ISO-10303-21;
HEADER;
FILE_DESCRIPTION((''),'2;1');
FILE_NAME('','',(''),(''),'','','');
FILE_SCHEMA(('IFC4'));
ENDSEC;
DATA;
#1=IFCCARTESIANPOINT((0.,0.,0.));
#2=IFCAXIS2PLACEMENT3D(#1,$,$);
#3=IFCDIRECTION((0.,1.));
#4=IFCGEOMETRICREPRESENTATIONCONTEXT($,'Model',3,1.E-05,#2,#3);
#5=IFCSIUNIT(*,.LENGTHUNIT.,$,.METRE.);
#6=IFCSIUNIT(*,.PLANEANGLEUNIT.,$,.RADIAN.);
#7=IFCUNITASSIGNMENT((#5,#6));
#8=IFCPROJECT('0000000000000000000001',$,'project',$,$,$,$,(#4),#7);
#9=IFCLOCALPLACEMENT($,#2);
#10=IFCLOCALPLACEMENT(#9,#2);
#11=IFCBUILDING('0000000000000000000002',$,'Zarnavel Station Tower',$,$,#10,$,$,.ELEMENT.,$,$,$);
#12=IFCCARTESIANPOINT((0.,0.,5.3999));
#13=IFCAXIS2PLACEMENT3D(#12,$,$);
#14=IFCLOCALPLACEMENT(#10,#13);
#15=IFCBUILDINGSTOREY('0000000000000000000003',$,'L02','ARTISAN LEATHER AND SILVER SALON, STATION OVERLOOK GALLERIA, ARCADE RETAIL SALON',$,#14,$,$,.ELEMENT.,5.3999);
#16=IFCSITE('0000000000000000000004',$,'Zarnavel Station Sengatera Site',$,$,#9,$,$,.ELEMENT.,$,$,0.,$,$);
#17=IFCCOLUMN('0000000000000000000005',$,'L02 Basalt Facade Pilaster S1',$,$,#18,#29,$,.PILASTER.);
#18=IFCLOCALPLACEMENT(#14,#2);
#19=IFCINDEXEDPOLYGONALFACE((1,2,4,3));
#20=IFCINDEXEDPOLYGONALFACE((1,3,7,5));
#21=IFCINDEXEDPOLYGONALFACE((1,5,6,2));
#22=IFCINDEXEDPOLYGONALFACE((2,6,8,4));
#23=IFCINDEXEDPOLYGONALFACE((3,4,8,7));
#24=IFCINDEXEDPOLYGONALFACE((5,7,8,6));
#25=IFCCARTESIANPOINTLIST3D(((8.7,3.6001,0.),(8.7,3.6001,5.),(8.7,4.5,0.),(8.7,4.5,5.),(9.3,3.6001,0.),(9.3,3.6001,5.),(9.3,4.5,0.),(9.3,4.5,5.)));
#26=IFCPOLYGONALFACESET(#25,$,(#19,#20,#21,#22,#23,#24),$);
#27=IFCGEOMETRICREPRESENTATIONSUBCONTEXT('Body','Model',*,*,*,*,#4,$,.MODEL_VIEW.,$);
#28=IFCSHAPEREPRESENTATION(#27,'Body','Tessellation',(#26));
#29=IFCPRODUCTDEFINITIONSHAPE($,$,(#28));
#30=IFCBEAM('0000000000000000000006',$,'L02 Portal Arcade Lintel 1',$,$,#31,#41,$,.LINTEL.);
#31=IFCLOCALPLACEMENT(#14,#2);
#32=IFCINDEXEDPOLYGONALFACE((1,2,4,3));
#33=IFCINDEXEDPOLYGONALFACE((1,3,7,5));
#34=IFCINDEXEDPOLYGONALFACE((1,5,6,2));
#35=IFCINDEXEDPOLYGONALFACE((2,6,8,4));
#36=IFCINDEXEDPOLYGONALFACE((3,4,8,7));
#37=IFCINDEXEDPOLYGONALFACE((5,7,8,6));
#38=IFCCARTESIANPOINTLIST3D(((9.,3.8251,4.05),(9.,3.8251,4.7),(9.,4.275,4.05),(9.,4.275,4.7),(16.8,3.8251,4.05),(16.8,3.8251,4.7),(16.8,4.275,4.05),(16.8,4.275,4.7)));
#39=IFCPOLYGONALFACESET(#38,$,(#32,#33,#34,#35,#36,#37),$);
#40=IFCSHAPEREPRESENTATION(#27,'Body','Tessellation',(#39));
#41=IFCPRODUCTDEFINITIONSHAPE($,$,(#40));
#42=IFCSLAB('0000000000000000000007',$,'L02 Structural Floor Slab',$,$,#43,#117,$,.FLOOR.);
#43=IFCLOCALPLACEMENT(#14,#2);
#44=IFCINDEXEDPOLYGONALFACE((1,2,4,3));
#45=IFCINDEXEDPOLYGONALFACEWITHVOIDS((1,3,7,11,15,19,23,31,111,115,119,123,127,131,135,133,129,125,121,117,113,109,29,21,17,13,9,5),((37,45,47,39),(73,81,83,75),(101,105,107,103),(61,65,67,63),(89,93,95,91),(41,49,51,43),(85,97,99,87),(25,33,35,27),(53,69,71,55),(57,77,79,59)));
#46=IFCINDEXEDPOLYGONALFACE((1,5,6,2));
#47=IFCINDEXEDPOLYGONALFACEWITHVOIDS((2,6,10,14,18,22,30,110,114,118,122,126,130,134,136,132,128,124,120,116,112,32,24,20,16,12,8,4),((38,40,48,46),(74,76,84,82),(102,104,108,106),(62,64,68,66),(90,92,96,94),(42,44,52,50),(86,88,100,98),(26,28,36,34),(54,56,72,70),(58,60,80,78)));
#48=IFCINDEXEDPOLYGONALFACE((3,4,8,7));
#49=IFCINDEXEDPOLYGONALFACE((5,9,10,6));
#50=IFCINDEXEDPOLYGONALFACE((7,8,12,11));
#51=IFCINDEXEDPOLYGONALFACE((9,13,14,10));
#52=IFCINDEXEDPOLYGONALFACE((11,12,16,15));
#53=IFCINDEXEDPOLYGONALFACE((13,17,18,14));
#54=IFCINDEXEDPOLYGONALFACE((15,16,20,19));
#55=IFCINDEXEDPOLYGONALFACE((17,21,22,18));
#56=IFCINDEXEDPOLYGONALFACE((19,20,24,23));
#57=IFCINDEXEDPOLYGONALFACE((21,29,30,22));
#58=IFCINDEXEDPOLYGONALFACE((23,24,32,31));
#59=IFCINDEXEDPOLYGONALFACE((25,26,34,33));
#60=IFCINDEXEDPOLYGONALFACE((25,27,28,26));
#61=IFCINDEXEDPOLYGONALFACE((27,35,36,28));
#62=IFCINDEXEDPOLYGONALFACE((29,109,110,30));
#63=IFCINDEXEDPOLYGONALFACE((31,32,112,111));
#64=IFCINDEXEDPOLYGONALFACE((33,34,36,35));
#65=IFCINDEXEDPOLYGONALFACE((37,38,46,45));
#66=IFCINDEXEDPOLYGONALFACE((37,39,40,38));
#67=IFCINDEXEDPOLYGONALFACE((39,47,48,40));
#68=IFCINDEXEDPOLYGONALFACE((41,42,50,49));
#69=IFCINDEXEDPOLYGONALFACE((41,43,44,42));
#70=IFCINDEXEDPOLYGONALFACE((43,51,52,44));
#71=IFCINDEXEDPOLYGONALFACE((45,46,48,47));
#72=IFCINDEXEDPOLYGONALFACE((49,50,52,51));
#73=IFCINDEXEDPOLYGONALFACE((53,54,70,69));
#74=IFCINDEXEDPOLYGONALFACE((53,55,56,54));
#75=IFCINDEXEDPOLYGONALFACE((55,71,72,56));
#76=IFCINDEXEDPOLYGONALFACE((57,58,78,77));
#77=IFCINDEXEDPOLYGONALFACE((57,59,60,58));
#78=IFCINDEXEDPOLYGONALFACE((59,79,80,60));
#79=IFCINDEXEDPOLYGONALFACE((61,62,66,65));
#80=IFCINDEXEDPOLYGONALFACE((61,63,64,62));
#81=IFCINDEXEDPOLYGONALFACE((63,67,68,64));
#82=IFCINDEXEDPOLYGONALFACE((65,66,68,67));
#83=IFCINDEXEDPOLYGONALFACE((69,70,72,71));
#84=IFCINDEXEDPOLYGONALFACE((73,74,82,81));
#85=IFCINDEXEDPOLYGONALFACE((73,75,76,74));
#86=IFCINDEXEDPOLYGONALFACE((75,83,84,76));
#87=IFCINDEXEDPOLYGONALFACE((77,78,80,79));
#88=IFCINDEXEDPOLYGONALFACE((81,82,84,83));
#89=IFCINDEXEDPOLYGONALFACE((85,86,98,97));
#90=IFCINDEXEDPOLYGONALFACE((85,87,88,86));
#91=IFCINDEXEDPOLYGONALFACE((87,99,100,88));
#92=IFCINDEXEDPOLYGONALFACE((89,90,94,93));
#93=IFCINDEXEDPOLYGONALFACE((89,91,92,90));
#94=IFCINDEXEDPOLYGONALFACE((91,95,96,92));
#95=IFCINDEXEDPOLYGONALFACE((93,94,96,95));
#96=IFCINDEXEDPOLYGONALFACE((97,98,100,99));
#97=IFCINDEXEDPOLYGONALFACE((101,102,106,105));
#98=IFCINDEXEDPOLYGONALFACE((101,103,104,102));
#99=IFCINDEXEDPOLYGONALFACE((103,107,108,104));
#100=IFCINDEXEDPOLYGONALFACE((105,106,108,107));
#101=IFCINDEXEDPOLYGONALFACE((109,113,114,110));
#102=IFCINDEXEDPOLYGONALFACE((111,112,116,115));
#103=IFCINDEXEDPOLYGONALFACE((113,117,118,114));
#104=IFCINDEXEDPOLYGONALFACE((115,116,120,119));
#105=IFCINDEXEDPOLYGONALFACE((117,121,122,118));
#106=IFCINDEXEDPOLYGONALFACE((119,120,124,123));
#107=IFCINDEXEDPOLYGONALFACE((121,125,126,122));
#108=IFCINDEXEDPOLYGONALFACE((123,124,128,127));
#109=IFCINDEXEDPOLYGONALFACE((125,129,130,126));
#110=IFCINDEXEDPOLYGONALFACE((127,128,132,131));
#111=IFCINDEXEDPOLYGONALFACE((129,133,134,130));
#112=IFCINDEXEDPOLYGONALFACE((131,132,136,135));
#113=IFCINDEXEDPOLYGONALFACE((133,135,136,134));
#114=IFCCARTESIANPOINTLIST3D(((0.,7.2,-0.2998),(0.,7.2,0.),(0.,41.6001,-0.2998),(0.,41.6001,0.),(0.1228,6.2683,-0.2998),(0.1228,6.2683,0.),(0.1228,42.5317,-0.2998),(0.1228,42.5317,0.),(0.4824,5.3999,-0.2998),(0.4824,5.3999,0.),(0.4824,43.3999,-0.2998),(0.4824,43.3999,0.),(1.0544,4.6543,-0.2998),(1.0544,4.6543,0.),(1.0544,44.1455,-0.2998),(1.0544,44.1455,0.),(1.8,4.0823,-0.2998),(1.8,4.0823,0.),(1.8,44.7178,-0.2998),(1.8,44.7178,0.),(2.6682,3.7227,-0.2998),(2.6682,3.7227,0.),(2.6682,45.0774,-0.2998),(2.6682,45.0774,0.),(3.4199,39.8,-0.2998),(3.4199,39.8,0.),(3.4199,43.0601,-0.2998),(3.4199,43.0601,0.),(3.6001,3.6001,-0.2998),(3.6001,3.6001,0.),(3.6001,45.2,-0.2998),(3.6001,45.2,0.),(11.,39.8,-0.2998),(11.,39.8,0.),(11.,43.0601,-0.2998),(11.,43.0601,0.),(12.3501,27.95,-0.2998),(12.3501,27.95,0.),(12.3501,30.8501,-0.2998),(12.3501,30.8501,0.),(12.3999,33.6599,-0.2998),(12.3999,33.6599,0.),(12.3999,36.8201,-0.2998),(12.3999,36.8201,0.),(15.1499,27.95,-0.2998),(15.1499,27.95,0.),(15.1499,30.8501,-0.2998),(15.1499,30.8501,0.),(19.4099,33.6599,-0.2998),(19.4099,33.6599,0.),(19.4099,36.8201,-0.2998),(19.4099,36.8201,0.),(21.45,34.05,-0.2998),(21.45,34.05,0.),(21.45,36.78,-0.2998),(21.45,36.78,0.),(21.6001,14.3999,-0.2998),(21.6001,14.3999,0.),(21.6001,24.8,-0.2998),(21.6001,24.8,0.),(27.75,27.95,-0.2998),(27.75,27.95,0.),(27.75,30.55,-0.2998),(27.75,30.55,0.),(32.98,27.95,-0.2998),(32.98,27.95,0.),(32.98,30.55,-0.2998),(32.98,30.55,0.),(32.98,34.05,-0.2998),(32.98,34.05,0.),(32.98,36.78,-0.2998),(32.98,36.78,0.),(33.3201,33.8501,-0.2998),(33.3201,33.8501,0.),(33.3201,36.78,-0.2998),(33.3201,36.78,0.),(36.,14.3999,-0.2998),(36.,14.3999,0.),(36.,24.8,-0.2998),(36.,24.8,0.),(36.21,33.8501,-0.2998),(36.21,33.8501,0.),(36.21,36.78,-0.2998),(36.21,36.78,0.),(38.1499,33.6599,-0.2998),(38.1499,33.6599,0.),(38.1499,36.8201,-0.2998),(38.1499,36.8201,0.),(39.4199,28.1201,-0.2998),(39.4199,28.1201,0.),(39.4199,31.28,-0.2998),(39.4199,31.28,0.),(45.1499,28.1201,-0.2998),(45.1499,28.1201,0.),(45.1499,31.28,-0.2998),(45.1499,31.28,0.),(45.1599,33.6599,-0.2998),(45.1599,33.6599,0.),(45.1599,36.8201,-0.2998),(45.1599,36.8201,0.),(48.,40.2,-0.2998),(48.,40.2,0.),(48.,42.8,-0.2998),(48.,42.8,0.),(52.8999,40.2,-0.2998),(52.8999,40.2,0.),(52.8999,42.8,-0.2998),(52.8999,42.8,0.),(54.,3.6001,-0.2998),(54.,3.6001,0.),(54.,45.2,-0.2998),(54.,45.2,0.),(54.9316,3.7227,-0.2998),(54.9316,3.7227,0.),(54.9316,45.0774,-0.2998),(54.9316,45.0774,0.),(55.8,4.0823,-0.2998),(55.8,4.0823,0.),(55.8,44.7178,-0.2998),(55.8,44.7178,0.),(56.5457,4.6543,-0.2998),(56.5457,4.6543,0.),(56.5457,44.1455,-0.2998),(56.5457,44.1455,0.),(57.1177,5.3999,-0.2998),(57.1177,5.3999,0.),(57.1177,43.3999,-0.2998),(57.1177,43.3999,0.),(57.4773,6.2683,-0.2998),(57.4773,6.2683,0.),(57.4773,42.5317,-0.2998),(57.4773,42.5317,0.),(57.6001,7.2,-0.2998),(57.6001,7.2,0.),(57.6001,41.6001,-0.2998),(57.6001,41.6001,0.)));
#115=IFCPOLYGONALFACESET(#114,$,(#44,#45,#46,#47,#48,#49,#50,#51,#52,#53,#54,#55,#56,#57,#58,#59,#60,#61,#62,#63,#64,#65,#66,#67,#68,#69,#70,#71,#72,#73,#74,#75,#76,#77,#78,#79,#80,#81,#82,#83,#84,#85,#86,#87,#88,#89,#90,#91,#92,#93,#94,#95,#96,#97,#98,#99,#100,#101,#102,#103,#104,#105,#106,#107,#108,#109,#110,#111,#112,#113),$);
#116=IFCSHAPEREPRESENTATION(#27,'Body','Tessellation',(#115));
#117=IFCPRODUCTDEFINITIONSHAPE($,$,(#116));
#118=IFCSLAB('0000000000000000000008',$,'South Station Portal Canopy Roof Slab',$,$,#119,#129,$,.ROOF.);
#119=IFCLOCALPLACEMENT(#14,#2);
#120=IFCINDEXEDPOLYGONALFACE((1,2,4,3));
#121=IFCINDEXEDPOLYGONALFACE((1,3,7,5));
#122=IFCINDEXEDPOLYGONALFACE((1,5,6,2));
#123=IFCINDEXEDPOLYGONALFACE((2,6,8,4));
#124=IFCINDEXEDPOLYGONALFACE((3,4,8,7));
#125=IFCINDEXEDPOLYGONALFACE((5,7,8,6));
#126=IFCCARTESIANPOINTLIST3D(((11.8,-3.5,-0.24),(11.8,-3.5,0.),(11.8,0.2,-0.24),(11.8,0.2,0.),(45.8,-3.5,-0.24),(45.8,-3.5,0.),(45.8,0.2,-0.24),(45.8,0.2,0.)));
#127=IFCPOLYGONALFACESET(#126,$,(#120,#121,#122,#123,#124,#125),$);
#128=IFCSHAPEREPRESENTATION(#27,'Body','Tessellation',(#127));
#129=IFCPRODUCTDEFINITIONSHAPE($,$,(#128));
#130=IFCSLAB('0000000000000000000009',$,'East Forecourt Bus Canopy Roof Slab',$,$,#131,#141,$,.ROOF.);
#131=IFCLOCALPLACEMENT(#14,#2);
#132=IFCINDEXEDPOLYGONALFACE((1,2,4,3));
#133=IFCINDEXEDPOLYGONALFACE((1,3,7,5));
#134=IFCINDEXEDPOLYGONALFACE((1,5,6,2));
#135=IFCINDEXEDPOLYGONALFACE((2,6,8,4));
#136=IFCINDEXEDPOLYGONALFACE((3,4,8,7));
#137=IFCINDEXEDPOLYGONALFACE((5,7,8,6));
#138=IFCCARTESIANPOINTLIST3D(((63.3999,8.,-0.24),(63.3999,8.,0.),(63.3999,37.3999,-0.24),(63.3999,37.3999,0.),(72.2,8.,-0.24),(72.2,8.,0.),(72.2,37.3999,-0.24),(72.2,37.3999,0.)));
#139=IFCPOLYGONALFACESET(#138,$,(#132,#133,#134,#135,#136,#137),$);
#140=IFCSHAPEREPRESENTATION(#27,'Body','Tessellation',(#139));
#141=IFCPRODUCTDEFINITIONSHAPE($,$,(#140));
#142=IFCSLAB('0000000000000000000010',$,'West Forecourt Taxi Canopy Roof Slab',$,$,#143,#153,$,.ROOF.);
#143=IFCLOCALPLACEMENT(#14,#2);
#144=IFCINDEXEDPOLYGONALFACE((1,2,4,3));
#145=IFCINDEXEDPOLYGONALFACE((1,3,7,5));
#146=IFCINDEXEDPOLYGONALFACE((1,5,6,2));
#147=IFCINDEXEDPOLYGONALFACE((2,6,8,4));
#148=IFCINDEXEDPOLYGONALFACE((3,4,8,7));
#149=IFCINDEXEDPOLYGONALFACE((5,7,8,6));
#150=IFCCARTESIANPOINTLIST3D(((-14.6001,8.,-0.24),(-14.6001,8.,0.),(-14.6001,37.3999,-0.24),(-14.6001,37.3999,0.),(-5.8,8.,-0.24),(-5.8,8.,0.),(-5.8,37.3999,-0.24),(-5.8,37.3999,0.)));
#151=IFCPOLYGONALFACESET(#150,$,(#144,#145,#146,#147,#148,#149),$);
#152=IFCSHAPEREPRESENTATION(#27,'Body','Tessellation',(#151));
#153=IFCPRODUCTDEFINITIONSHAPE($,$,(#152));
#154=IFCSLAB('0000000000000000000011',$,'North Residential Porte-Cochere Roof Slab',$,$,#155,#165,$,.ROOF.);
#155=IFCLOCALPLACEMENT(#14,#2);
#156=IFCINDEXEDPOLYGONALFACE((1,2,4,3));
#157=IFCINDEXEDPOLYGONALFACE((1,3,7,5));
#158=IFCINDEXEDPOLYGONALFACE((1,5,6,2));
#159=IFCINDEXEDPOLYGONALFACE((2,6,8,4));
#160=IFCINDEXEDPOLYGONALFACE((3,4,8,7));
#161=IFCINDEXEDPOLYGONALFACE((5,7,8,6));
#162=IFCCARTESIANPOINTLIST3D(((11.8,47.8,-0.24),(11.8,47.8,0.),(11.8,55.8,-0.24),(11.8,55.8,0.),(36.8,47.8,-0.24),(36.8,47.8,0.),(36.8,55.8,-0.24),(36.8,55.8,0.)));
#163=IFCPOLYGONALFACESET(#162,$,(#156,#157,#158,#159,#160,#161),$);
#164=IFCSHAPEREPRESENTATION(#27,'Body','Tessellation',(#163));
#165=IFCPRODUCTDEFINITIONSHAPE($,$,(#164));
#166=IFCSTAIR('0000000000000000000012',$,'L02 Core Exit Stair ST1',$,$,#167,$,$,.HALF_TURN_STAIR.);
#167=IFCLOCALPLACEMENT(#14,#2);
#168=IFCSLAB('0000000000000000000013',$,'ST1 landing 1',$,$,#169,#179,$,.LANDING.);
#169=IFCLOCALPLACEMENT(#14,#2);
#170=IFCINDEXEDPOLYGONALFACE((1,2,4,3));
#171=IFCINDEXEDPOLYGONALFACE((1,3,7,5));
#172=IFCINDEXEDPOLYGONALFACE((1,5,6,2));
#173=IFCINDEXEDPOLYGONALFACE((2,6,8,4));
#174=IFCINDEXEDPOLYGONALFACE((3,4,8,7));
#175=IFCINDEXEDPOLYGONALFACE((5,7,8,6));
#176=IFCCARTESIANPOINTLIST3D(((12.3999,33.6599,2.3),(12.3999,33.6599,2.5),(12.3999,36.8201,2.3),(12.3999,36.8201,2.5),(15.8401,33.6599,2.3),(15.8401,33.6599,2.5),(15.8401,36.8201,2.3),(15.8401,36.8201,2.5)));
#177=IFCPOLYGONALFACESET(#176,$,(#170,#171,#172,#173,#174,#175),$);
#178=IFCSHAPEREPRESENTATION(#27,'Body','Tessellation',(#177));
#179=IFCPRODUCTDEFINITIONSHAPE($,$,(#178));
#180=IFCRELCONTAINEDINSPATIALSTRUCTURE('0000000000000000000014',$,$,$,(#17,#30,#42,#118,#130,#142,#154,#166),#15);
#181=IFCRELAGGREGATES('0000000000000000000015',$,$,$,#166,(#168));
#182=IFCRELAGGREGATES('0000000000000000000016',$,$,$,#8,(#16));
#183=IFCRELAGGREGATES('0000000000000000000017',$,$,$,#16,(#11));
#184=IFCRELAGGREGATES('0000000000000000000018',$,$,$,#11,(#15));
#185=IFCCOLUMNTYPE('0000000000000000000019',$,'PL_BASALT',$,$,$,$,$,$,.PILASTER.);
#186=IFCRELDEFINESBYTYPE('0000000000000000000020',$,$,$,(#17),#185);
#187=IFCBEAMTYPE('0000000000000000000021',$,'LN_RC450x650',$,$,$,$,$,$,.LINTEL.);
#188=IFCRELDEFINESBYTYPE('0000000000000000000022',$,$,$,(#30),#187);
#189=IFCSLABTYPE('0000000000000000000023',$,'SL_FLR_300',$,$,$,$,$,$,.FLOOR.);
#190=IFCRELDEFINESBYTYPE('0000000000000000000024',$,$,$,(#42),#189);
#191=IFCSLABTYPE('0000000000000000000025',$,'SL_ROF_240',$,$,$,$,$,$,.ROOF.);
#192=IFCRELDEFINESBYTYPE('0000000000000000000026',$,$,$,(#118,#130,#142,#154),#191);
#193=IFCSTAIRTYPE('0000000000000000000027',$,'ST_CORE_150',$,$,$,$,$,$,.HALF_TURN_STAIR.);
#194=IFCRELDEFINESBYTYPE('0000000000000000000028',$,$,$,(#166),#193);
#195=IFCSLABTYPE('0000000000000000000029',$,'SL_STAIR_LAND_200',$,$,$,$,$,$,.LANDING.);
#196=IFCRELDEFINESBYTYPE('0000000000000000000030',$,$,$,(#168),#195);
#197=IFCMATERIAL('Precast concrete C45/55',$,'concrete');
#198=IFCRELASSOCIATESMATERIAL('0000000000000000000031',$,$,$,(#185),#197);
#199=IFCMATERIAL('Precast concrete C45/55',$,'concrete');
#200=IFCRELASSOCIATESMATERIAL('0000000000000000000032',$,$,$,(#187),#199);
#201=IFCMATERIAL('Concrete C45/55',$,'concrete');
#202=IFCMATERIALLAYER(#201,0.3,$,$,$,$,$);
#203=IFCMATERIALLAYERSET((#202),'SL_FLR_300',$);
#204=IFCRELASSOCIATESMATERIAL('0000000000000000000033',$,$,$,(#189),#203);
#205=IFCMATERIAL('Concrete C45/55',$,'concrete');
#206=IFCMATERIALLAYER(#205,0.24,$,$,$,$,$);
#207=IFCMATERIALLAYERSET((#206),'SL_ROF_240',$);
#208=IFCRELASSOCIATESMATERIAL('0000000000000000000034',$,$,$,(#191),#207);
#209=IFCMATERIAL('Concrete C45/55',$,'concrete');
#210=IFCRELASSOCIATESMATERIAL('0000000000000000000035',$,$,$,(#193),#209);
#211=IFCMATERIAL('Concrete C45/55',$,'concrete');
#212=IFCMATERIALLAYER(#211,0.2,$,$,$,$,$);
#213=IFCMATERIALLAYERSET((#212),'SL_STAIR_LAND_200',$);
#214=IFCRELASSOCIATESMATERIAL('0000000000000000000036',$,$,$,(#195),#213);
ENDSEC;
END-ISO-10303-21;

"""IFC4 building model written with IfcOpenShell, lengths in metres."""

from ifc_helpers import new_model, si_unit, direction, frame, origin, origin_2d, place, context, subcontext, project, spatial, polyline, rectangle, outline, extrude, material, layer, layer_set, material_profile, profile_set, type_object, element, aggregate, save


model = new_model("IFC4")

# Units and contexts
model_context = context("Model", 3, precision=1e-05, world=origin(), true_north=direction((0.0, 1.0)))
body_context = subcontext(model_context, "Body", "Model", "MODEL_VIEW")
ifc_project = project(units=[si_unit("LENGTHUNIT", "METRE"), si_unit("PLANEANGLEUNIT", "RADIAN")], contexts=[model_context])

# Site, building, storey
site_placement = place(None, origin())
site = spatial("IfcSite", under=ifc_project, at=site_placement, Name="Zarnavel Station Sengatera Site", CompositionType="ELEMENT", RefElevation=0.0)
building_placement = place(site_placement, origin())
building = spatial("IfcBuilding", under=site, at=building_placement, Name="Zarnavel Station Tower", CompositionType="ELEMENT")
storey_placement = place(building_placement, frame((0.0, 0.0, 5.3999)))
storey = spatial("IfcBuildingStorey", under=building, at=storey_placement, Name="L02", Description="ARTISAN LEATHER AND SILVER SALON, STATION OVERLOOK GALLERIA, ARCADE RETAIL SALON", CompositionType="ELEMENT", Elevation=5.3999)

# Column
ifc_material_1 = material(Name="Precast concrete C45/55", Category="concrete")
ifc_material_profile_1 = material_profile(ifc_material_1, rectangle(XDim=0.6001, YDim=0.8999, at=origin_2d()), Name="RC600x900")
ifc_profile_set_1 = profile_set([ifc_material_profile_1], Name="Precast concrete C45/55")
column_type = type_object("IfcColumnType", Name="PL_BASALT", PredefinedType="PILASTER", material=ifc_profile_set_1)
column_placement = place(storey_placement, frame((9.0, 4.05, 0.0), z_axis=(0.0, 0.0, 1.0), x_axis=(1.0, 0.0, 0.0)))
element("IfcColumn", 1, at=column_placement, inside=storey, type_object=column_type, Name="L02 Basalt Facade Pilaster S1", PredefinedType="PILASTER", context=body_context, shape_type="SweptSolid", body=[
    extrude(rectangle(XDim=0.6001, YDim=0.8999, at=origin_2d()), origin(), (0.0, 0.0, 1.0), 5.0),
])

# Beam
ifc_material_2 = material(Name="Precast concrete C45/55", Category="concrete")
ifc_material_profile_2 = material_profile(ifc_material_2, rectangle(XDim=0.45, YDim=0.6499, at=origin_2d()), Name="RC450x650")
ifc_profile_set_2 = profile_set([ifc_material_profile_2], Name="Precast concrete C45/55")
beam_type = type_object("IfcBeamType", Name="LN_RC450x650", PredefinedType="LINTEL", material=ifc_profile_set_2)
beam_placement = place(storey_placement, frame((9.0, 4.05, 4.375), z_axis=(1.0, 0.0, 0.0), x_axis=(0.0, 1.0, 0.0)))
element("IfcBeam", 2, at=beam_placement, inside=storey, type_object=beam_type, Name="L02 Portal Arcade Lintel 1", PredefinedType="LINTEL", context=body_context, shape_type="SweptSolid", body=[
    extrude(rectangle(XDim=0.45, YDim=0.6499, at=origin_2d()), origin(), (0.0, 0.0, 1.0), 7.8),
])

# Slabs
ifc_material_3 = material(Name="Concrete C45/55", Category="concrete")
ifc_layer_1 = layer(ifc_material_3, 0.3)
ifc_layer_set_1 = layer_set([ifc_layer_1], Name="SL_FLR_300")
slab_type_1 = type_object("IfcSlabType", Name="SL_FLR_300", PredefinedType="FLOOR", material=ifc_layer_set_1)
slab_1_placement = place(storey_placement, frame((0.0, 0.0, -0.2998)))
element("IfcSlab", 3, at=slab_1_placement, inside=storey, type_object=slab_type_1, Name="L02 Structural Floor Slab", PredefinedType="FLOOR", context=body_context, shape_type="SweptSolid", body=[
    extrude(outline(polyline([(54.0, 3.6001), (54.9316, 3.7227), (55.8, 4.0823), (56.5457, 4.6543), (57.1177, 5.3999), (57.4773, 6.2683), (57.6001, 7.2), (57.6001, 41.6001), (57.4773, 42.5317), (57.1177, 43.3999), (56.5457, 44.1455), (55.8, 44.7178), (54.9316, 45.0774), (54.0, 45.2), (3.6001, 45.2), (2.6682, 45.0774), (1.8, 44.7178), (1.0544, 44.1455), (0.4824, 43.3999), (0.1228, 42.5317), (0.0, 41.6001), (0.0, 7.2), (0.1228, 6.2683), (0.4824, 5.3999), (1.0544, 4.6543), (1.8, 4.0823), (2.6682, 3.7227), (3.6001, 3.6001), (54.0, 3.6001)]), holes=[polyline([(12.3999, 33.6599), (19.4099, 33.6599), (19.4099, 36.8201), (12.3999, 36.8201), (12.3999, 33.6599)]), polyline([(38.1499, 33.6599), (45.1599, 33.6599), (45.1599, 36.8201), (38.1499, 36.8201), (38.1499, 33.6599)]), polyline([(39.4199, 28.1201), (45.1499, 28.1201), (45.1499, 31.28), (39.4199, 31.28), (39.4199, 28.1201)]), polyline([(3.4199, 39.8), (11.0, 39.8), (11.0, 43.0601), (3.4199, 43.0601), (3.4199, 39.8)]), polyline([(12.3501, 27.95), (15.1499, 27.95), (15.1499, 30.8501), (12.3501, 30.8501), (12.3501, 27.95)]), polyline([(33.3201, 33.8501), (36.21, 33.8501), (36.21, 36.78), (33.3201, 36.78), (33.3201, 33.8501)]), polyline([(21.45, 34.05), (32.98, 34.05), (32.98, 36.78), (21.45, 36.78), (21.45, 34.05)]), polyline([(27.75, 27.95), (32.98, 27.95), (32.98, 30.55), (27.75, 30.55), (27.75, 27.95)]), polyline([(48.0, 40.2), (52.8999, 40.2), (52.8999, 42.8), (48.0, 42.8), (48.0, 40.2)]), polyline([(21.6001, 14.3999), (36.0, 14.3999), (36.0, 24.8), (21.6001, 24.8), (21.6001, 14.3999)])]), origin(), (0.0, 0.0, 1.0), 0.2998),
])
ifc_material_4 = material(Name="Concrete C45/55", Category="concrete")
ifc_layer_2 = layer(ifc_material_4, 0.24)
ifc_layer_set_2 = layer_set([ifc_layer_2], Name="SL_ROF_240")
slab_type_2 = type_object("IfcSlabType", Name="SL_ROF_240", PredefinedType="ROOF", material=ifc_layer_set_2)
slab_2_placement = place(storey_placement, frame((0.0, 0.0, -0.24)))
element("IfcSlab", 4, at=slab_2_placement, inside=storey, type_object=slab_type_2, Name="South Station Portal Canopy Roof Slab", PredefinedType="ROOF", context=body_context, shape_type="SweptSolid", body=[
    extrude(outline(polyline([(11.8, -3.5), (45.8, -3.5), (45.8, 0.2), (11.8, 0.2), (11.8, -3.5)])), origin(), (0.0, 0.0, 1.0), 0.24),
])
slab_3_placement = place(storey_placement, frame((0.0, 0.0, -0.24)))
element("IfcSlab", 5, at=slab_3_placement, inside=storey, type_object=slab_type_2, Name="East Forecourt Bus Canopy Roof Slab", PredefinedType="ROOF", context=body_context, shape_type="SweptSolid", body=[
    extrude(outline(polyline([(63.3999, 8.0), (72.2, 8.0), (72.2, 37.3999), (63.3999, 37.3999), (63.3999, 8.0)])), origin(), (0.0, 0.0, 1.0), 0.24),
])
slab_4_placement = place(storey_placement, frame((0.0, 0.0, -0.24)))
element("IfcSlab", 6, at=slab_4_placement, inside=storey, type_object=slab_type_2, Name="West Forecourt Taxi Canopy Roof Slab", PredefinedType="ROOF", context=body_context, shape_type="SweptSolid", body=[
    extrude(outline(polyline([(-14.6001, 8.0), (-5.8, 8.0), (-5.8, 37.3999), (-14.6001, 37.3999), (-14.6001, 8.0)])), origin(), (0.0, 0.0, 1.0), 0.24),
])
slab_5_placement = place(storey_placement, frame((0.0, 0.0, -0.24)))
element("IfcSlab", 7, at=slab_5_placement, inside=storey, type_object=slab_type_2, Name="North Residential Porte-Cochere Roof Slab", PredefinedType="ROOF", context=body_context, shape_type="SweptSolid", body=[
    extrude(outline(polyline([(11.8, 47.8), (36.8, 47.8), (36.8, 55.8), (11.8, 55.8), (11.8, 47.8)])), origin(), (0.0, 0.0, 1.0), 0.24),
])

# Stair, slab
ifc_material_5 = material(Name="Concrete C45/55", Category="concrete")
stair_type_1 = type_object("IfcStairType", Name="ST_CORE_150", PredefinedType="HALF_TURN_STAIR", material=ifc_material_5)
stair_1_placement = place(storey_placement, origin())
stair_1 = element("IfcStair", 8, at=stair_1_placement, inside=storey, type_object=stair_type_1, Name="L02 Core Exit Stair ST1", PredefinedType="HALF_TURN_STAIR")
ifc_material_6 = material(Name="Concrete C45/55", Category="concrete")
ifc_layer_3 = layer(ifc_material_6, 0.2)
ifc_layer_set_3 = layer_set([ifc_layer_3], Name="SL_STAIR_LAND_200")
slab_type_3 = type_object("IfcSlabType", Name="SL_STAIR_LAND_200", PredefinedType="LANDING", material=ifc_layer_set_3)
slab_6_placement = place(storey_placement, frame((0.0, 0.0, 2.3)))
slab_6 = element("IfcSlab", 9, at=slab_6_placement, type_object=slab_type_3, Name="ST1 landing 1", PredefinedType="LANDING", context=body_context, shape_type="SweptSolid", body=[
    extrude(outline(polyline([(15.8401, 36.8201), (12.3999, 36.8201), (12.3999, 33.6599), (15.8401, 33.6599), (15.8401, 36.8201)])), origin(), (0.0, 0.0, 1.0), 0.2),
])
aggregate(stair_1, [slab_6])

save(model, "model.ifc")
